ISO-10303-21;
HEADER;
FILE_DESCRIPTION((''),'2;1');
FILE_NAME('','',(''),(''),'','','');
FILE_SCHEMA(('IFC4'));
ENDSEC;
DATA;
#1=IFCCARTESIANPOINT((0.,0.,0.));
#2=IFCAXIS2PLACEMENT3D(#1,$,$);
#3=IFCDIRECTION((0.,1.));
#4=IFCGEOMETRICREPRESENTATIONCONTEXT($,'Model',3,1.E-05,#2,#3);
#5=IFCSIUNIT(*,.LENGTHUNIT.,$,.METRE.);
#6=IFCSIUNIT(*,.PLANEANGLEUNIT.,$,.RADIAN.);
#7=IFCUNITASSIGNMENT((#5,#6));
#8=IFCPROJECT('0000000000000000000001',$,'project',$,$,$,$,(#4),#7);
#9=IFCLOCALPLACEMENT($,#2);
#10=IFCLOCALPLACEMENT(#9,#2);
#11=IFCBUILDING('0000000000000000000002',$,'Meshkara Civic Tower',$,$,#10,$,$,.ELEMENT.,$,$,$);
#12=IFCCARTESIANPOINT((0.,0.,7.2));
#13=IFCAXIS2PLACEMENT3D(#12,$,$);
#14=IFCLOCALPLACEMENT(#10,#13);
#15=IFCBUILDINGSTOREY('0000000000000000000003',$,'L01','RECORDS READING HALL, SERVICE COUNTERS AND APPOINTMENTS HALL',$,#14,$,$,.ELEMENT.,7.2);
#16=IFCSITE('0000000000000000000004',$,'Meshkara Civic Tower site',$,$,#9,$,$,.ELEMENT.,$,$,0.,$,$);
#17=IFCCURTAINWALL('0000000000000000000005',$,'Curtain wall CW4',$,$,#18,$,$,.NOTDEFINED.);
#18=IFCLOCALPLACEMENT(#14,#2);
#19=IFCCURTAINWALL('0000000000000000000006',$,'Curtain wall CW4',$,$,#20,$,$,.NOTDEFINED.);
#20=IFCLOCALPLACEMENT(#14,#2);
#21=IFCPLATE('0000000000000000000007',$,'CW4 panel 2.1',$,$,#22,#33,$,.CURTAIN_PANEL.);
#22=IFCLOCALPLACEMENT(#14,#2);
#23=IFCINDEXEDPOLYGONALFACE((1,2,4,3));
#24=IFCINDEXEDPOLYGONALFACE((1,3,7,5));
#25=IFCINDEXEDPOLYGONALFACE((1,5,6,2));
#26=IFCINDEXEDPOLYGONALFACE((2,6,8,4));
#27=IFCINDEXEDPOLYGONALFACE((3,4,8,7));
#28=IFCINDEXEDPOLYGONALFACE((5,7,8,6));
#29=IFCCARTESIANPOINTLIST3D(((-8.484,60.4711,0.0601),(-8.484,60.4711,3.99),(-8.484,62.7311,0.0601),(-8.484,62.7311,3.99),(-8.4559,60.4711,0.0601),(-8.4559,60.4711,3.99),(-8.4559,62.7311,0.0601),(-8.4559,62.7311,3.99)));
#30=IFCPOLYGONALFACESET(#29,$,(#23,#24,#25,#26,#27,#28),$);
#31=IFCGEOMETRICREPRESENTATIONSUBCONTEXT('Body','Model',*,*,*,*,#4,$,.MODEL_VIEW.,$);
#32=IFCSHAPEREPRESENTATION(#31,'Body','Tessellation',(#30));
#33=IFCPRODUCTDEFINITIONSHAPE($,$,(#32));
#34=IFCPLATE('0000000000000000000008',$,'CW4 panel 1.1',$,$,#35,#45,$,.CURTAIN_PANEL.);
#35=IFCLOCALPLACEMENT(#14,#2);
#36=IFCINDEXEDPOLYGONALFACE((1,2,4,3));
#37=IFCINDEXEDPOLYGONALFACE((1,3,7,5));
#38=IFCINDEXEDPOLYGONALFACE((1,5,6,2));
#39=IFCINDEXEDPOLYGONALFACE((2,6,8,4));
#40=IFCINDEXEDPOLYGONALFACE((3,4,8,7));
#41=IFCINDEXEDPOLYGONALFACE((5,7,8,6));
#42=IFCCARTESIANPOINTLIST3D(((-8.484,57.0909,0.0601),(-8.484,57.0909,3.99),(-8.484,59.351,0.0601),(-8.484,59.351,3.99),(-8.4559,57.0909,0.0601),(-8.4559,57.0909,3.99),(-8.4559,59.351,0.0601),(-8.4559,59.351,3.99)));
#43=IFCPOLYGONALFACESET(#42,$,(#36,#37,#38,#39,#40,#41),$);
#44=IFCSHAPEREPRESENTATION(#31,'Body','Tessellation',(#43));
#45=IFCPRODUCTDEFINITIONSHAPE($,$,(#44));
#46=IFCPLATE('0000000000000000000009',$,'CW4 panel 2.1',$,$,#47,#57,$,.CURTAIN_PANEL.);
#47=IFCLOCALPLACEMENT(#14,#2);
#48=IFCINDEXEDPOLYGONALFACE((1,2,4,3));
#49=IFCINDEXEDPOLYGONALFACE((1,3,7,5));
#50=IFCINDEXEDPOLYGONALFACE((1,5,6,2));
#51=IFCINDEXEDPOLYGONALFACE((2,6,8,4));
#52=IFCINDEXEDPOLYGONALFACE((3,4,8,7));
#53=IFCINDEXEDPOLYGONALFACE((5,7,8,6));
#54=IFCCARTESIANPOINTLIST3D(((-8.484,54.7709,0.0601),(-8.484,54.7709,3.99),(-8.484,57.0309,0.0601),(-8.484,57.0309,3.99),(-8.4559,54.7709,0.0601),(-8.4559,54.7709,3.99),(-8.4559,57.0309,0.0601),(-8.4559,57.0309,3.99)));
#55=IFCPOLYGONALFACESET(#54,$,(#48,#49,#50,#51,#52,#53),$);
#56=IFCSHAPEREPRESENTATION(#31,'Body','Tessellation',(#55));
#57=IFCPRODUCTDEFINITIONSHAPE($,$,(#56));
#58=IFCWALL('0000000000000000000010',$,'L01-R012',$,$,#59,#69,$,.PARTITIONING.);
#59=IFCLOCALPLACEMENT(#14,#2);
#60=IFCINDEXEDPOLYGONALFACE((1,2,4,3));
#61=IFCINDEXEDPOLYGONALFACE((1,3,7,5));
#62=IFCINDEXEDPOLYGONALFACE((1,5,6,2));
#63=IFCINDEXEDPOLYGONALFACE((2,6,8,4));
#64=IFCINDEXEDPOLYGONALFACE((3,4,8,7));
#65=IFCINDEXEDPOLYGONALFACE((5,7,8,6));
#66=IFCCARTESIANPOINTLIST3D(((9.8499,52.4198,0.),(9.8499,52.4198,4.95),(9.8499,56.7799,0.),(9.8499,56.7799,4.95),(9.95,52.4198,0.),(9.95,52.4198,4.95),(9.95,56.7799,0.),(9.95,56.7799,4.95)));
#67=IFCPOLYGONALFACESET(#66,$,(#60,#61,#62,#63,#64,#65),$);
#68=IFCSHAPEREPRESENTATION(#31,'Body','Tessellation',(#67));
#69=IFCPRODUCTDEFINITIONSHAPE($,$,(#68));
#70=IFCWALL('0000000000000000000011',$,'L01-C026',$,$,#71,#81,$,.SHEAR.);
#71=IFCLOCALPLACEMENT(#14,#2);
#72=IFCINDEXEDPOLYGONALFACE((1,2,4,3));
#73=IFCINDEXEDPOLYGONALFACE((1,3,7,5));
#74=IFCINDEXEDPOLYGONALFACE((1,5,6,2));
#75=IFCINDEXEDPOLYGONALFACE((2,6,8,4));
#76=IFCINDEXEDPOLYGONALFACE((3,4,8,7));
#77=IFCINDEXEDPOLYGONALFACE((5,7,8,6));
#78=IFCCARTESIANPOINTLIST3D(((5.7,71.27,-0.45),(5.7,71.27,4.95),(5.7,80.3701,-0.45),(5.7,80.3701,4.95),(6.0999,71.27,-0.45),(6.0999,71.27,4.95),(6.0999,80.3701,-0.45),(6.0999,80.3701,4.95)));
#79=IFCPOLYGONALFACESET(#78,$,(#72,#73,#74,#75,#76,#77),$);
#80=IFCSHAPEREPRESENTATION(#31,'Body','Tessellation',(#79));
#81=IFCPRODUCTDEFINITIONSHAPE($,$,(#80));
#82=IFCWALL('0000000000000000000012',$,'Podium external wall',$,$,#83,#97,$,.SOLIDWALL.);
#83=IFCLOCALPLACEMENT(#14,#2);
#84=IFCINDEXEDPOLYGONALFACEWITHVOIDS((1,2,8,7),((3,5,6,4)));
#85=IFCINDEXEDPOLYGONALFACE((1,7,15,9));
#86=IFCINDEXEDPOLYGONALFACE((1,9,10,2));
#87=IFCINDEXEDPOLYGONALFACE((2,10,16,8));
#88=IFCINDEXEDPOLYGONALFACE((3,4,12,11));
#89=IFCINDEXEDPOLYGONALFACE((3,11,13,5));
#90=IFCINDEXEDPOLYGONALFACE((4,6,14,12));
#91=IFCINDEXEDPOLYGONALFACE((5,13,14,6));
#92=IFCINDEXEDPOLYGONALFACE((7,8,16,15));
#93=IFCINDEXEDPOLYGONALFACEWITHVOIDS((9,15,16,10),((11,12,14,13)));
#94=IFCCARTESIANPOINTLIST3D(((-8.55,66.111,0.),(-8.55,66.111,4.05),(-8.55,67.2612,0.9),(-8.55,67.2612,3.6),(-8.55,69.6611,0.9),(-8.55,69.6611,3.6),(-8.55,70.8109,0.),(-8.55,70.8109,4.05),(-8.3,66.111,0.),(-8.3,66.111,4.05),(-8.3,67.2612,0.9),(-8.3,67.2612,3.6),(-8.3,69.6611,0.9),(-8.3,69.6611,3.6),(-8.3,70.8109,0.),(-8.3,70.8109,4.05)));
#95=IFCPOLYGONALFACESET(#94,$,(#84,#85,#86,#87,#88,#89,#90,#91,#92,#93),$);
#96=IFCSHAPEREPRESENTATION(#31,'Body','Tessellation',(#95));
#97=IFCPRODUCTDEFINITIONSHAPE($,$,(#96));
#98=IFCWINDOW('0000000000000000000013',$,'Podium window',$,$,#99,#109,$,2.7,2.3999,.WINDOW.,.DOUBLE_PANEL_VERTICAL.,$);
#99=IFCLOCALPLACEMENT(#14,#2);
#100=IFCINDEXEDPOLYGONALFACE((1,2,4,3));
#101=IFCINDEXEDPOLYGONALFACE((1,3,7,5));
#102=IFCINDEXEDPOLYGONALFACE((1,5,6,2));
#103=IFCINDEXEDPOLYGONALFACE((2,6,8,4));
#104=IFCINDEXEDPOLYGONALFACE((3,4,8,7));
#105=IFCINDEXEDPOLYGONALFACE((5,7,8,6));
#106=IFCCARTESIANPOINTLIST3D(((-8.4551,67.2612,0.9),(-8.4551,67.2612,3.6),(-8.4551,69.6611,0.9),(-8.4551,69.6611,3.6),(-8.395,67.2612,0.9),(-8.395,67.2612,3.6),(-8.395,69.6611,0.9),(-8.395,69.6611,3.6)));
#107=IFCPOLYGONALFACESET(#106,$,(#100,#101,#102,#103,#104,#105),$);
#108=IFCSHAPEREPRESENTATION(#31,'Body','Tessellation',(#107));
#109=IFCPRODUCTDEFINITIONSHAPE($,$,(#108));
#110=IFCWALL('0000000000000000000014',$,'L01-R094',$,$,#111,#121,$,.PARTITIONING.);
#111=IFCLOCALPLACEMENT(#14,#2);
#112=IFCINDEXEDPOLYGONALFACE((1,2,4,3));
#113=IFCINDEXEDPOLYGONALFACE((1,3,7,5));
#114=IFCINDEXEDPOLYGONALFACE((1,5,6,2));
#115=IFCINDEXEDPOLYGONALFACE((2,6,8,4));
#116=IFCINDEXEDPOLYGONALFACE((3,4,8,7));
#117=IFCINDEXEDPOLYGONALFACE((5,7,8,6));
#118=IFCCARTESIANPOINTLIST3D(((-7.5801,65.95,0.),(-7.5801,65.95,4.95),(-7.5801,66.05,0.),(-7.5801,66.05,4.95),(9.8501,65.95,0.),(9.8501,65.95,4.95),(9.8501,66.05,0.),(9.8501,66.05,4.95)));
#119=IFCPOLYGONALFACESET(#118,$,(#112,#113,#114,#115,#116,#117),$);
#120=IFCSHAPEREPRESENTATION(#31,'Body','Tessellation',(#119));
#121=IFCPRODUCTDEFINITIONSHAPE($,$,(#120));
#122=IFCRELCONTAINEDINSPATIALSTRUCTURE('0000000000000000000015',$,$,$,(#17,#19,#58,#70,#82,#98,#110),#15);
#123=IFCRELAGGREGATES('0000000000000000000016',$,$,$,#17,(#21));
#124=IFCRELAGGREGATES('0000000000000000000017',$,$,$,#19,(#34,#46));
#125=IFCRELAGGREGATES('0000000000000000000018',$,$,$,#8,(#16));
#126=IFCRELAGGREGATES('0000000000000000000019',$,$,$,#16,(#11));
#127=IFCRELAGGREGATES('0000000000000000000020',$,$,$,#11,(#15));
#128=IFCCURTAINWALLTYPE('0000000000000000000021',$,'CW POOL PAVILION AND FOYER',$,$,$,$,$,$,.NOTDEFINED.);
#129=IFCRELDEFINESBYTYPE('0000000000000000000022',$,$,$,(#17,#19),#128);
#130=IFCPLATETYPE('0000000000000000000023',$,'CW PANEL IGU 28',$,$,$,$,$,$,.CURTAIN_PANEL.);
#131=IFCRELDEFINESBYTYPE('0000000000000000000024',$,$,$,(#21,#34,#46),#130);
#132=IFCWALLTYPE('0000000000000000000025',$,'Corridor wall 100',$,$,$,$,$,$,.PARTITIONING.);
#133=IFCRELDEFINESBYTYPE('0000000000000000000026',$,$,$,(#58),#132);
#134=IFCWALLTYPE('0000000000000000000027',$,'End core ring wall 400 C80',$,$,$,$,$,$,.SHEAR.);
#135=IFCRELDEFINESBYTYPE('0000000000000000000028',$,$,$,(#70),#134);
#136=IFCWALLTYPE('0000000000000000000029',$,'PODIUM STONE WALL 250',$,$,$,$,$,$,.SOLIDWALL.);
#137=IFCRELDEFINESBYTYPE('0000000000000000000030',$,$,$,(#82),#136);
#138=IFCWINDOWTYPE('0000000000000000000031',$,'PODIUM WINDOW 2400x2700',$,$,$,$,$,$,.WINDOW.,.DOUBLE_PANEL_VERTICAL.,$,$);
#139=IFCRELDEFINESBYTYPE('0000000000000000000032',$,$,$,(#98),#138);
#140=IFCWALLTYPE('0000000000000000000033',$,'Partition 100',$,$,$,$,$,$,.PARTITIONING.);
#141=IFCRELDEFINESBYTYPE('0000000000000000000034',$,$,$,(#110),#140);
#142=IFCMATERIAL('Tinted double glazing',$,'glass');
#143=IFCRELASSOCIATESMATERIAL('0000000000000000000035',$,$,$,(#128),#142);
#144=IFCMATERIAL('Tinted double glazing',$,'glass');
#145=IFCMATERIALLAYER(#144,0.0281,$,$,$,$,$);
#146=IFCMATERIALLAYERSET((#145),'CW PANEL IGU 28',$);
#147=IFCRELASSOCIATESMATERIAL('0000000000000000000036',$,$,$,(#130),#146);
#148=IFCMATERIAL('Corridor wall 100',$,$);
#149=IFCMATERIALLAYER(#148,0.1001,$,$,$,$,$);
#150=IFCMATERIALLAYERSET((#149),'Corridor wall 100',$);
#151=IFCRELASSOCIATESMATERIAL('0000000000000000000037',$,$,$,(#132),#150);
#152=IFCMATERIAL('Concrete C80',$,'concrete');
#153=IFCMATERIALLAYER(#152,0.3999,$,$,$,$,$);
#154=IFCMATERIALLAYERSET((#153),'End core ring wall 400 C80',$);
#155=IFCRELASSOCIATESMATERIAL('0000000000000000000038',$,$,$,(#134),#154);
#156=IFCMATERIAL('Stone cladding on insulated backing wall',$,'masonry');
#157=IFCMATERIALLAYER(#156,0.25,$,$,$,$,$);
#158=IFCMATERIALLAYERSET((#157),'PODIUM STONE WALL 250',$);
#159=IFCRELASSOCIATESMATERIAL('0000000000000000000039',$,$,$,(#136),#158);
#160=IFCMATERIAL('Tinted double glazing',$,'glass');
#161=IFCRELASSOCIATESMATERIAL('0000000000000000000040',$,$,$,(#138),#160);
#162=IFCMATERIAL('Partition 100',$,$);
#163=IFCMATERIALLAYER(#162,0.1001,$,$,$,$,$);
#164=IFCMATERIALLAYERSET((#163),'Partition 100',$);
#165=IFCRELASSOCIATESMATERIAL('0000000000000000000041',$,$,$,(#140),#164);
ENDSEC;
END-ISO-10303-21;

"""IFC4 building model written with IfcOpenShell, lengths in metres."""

from ifc_helpers import new_model, si_unit, direction, frame, frame_2d, origin, origin_2d, place, context, subcontext, project, spatial, rectangle, extrude, material, layer, layer_set, type_object, element, fill, aggregate, save


model = new_model("IFC4")

# Units and contexts
model_context = context("Model", 3, precision=1e-05, world=origin(), true_north=direction((0.0, 1.0)))
body_context = subcontext(model_context, "Body", "Model", "MODEL_VIEW")
ifc_project = project(units=[si_unit("LENGTHUNIT", "METRE"), si_unit("PLANEANGLEUNIT", "RADIAN")], contexts=[model_context])

# Site, building, storey
site_placement = place(None, origin())
site = spatial("IfcSite", under=ifc_project, at=site_placement, Name="Meshkara Civic Tower site", CompositionType="ELEMENT", RefElevation=0.0)
building_placement = place(site_placement, origin())
building = spatial("IfcBuilding", under=site, at=building_placement, Name="Meshkara Civic Tower", CompositionType="ELEMENT")
storey_placement = place(building_placement, frame((0.0, 0.0, 7.2)))
storey = spatial("IfcBuildingStorey", under=building, at=storey_placement, Name="L01", Description="RECORDS READING HALL, SERVICE COUNTERS AND APPOINTMENTS HALL", CompositionType="ELEMENT", Elevation=7.2)

# Curtain walls
ifc_material_1 = material(Name="Tinted double glazing", Category="glass")
curtain_wall_type = type_object("IfcCurtainWallType", Name="CW POOL PAVILION AND FOYER", PredefinedType="NOTDEFINED", material=ifc_material_1)
curtain_wall_1_placement = place(storey_placement, origin())
curtain_wall_1 = element("IfcCurtainWall", 1, at=curtain_wall_1_placement, inside=storey, type_object=curtain_wall_type, Name="Curtain wall CW4", PredefinedType="NOTDEFINED")
curtain_wall_2_placement = place(storey_placement, origin())
curtain_wall_2 = element("IfcCurtainWall", 2, at=curtain_wall_2_placement, inside=storey, type_object=curtain_wall_type, Name="Curtain wall CW4", PredefinedType="NOTDEFINED")

# Plates
ifc_material_2 = material(Name="Tinted double glazing", Category="glass")
ifc_layer_1 = layer(ifc_material_2, 0.0281)
ifc_layer_set_1 = layer_set([ifc_layer_1], Name="CW PANEL IGU 28")
plate_type = type_object("IfcPlateType", Name="CW PANEL IGU 28", PredefinedType="CURTAIN_PANEL", material=ifc_layer_set_1)
plate_1_placement = place(storey_placement, frame((-8.47, 61.6011, 0.0601), z_axis=(0.0, 0.0, 1.0), x_axis=(0.0, -1.0, 0.0)))
plate_1 = element("IfcPlate", 3, at=plate_1_placement, type_object=plate_type, Name="CW4 panel 2.1", PredefinedType="CURTAIN_PANEL", context=body_context, shape_type="SweptSolid", body=[
    extrude(rectangle(XDim=2.26, YDim=0.0281, at=origin_2d()), origin(), (0.0, 0.0, 1.0), 3.9299),
])
aggregate(curtain_wall_1, [plate_1])
plate_2_placement = place(storey_placement, frame((-8.47, 58.2209, 0.0601), z_axis=(0.0, 0.0, 1.0), x_axis=(0.0, -1.0, 0.0)))
plate_2 = element("IfcPlate", 4, at=plate_2_placement, type_object=plate_type, Name="CW4 panel 1.1", PredefinedType="CURTAIN_PANEL", context=body_context, shape_type="SweptSolid", body=[
    extrude(rectangle(XDim=2.26, YDim=0.0281, at=origin_2d()), origin(), (0.0, 0.0, 1.0), 3.9299),
])
plate_3_placement = place(storey_placement, frame((-8.47, 55.9009, 0.0601), z_axis=(0.0, 0.0, 1.0), x_axis=(0.0, -1.0, 0.0)))
plate_3 = element("IfcPlate", 5, at=plate_3_placement, type_object=plate_type, Name="CW4 panel 2.1", PredefinedType="CURTAIN_PANEL", context=body_context, shape_type="SweptSolid", body=[
    extrude(rectangle(XDim=2.26, YDim=0.0281, at=origin_2d()), origin(), (0.0, 0.0, 1.0), 3.9299),
])
aggregate(curtain_wall_2, [plate_2, plate_3])

# Walls
ifc_material_3 = material(Name="Corridor wall 100")
ifc_layer_2 = layer(ifc_material_3, 0.1001)
ifc_layer_set_2 = layer_set([ifc_layer_2], Name="Corridor wall 100")
wall_type_1 = type_object("IfcWallType", Name="Corridor wall 100", PredefinedType="PARTITIONING", material=ifc_layer_set_2)
wall_1_placement = place(storey_placement, frame((9.8999, 56.78, 0.0), z_axis=(0.0, 0.0, 1.0), x_axis=(0.0, -1.0, 0.0)))
element("IfcWall", 6, at=wall_1_placement, inside=storey, type_object=wall_type_1, Name="L01-R012", PredefinedType="PARTITIONING", context=body_context, shape_type="SweptSolid", body=[
    extrude(rectangle(XDim=4.3601, YDim=0.1001, at=frame_2d((2.1802, 0.0))), origin(), (0.0, 0.0, 1.0), 4.95),
])
ifc_material_4 = material(Name="Concrete C80", Category="concrete")
ifc_layer_3 = layer(ifc_material_4, 0.3999)
ifc_layer_set_3 = layer_set([ifc_layer_3], Name="End core ring wall 400 C80")
wall_type_2 = type_object("IfcWallType", Name="End core ring wall 400 C80", PredefinedType="SHEAR", material=ifc_layer_set_3)
wall_2_placement = place(storey_placement, frame((5.8999, 71.27, -0.45), z_axis=(0.0, 0.0, 1.0), x_axis=(0.0, 1.0, 0.0)))
element("IfcWall", 7, at=wall_2_placement, inside=storey, type_object=wall_type_2, Name="L01-C026", PredefinedType="SHEAR", context=body_context, shape_type="SweptSolid", body=[
    extrude(rectangle(XDim=9.1001, YDim=0.3999, at=frame_2d((4.55, 0.0))), origin(), (0.0, 0.0, 1.0), 5.3999),
])

# Wall, opening, window
ifc_material_5 = material(Name="Stone cladding on insulated backing wall", Category="masonry")
ifc_layer_4 = layer(ifc_material_5, 0.25)
ifc_layer_set_4 = layer_set([ifc_layer_4], Name="PODIUM STONE WALL 250")
wall_type_3 = type_object("IfcWallType", Name="PODIUM STONE WALL 250", PredefinedType="SOLIDWALL", material=ifc_layer_set_4)
wall_3_placement = place(storey_placement, frame((-8.425, 70.811, 0.0), z_axis=(0.0, 0.0, 1.0), x_axis=(0.0, -1.0, 0.0)))
wall_3 = element("IfcWall", 8, at=wall_3_placement, inside=storey, type_object=wall_type_3, Name="Podium external wall", PredefinedType="SOLIDWALL", context=body_context, shape_type="SweptSolid", body=[
    extrude(rectangle(XDim=4.7, YDim=0.25, at=frame_2d((2.3501, 0.0))), origin(), (0.0, 0.0, 1.0), 4.05),
])
opening_placement = place(wall_3_placement, frame((1.1499, 0.0, 0.8999)))
opening = element("IfcOpeningElement", 9, at=opening_placement, cuts=wall_3, PredefinedType="OPENING", context=body_context, shape_type="SweptSolid", body=[
    extrude(rectangle(XDim=2.3999, YDim=2.7, at=frame_2d((1.2, 1.3501))), frame((0.0, 0.135, 0.0), z_axis=(0.0, -1.0, 0.0), x_axis=(1.0, 0.0, 0.0)), (0.0, 0.0, 1.0), 0.27),
])
ifc_material_6 = material(Name="Tinted double glazing", Category="glass")
window_type = type_object("IfcWindowType", Name="PODIUM WINDOW 2400x2700", PartitioningType="DOUBLE_PANEL_VERTICAL", PredefinedType="WINDOW", material=ifc_material_6)
window_placement = place(opening_placement, origin())
window = element("IfcWindow", 10, at=window_placement, inside=storey, type_object=window_type, Name="Podium window", OverallHeight=2.7, OverallWidth=2.3999, PartitioningType="DOUBLE_PANEL_VERTICAL", PredefinedType="WINDOW", context=body_context, shape_type="SweptSolid", body=[
    extrude(rectangle(XDim=2.3999, YDim=2.7, at=frame_2d((1.2, 1.3501))), frame((0.0, 0.03, 0.0), z_axis=(0.0, -1.0, 0.0), x_axis=(1.0, 0.0, 0.0)), (0.0, 0.0, 1.0), 0.0601),
])
fill(opening, window)

# Wall
ifc_material_7 = material(Name="Partition 100")
ifc_layer_5 = layer(ifc_material_7, 0.1001)
ifc_layer_set_5 = layer_set([ifc_layer_5], Name="Partition 100")
wall_type_4 = type_object("IfcWallType", Name="Partition 100", PredefinedType="PARTITIONING", material=ifc_layer_set_5)
wall_4_placement = place(storey_placement, frame((9.8501, 66.0, 0.0), z_axis=(0.0, 0.0, 1.0), x_axis=(-1.0, 0.0, 0.0)))
element("IfcWall", 11, at=wall_4_placement, inside=storey, type_object=wall_type_4, Name="L01-R094", PredefinedType="PARTITIONING", context=body_context, shape_type="SweptSolid", body=[
    extrude(rectangle(XDim=17.4302, YDim=0.1001, at=frame_2d((8.7151, 0.0))), origin(), (0.0, 0.0, 1.0), 4.95),
])

save(model, "model.ifc")
